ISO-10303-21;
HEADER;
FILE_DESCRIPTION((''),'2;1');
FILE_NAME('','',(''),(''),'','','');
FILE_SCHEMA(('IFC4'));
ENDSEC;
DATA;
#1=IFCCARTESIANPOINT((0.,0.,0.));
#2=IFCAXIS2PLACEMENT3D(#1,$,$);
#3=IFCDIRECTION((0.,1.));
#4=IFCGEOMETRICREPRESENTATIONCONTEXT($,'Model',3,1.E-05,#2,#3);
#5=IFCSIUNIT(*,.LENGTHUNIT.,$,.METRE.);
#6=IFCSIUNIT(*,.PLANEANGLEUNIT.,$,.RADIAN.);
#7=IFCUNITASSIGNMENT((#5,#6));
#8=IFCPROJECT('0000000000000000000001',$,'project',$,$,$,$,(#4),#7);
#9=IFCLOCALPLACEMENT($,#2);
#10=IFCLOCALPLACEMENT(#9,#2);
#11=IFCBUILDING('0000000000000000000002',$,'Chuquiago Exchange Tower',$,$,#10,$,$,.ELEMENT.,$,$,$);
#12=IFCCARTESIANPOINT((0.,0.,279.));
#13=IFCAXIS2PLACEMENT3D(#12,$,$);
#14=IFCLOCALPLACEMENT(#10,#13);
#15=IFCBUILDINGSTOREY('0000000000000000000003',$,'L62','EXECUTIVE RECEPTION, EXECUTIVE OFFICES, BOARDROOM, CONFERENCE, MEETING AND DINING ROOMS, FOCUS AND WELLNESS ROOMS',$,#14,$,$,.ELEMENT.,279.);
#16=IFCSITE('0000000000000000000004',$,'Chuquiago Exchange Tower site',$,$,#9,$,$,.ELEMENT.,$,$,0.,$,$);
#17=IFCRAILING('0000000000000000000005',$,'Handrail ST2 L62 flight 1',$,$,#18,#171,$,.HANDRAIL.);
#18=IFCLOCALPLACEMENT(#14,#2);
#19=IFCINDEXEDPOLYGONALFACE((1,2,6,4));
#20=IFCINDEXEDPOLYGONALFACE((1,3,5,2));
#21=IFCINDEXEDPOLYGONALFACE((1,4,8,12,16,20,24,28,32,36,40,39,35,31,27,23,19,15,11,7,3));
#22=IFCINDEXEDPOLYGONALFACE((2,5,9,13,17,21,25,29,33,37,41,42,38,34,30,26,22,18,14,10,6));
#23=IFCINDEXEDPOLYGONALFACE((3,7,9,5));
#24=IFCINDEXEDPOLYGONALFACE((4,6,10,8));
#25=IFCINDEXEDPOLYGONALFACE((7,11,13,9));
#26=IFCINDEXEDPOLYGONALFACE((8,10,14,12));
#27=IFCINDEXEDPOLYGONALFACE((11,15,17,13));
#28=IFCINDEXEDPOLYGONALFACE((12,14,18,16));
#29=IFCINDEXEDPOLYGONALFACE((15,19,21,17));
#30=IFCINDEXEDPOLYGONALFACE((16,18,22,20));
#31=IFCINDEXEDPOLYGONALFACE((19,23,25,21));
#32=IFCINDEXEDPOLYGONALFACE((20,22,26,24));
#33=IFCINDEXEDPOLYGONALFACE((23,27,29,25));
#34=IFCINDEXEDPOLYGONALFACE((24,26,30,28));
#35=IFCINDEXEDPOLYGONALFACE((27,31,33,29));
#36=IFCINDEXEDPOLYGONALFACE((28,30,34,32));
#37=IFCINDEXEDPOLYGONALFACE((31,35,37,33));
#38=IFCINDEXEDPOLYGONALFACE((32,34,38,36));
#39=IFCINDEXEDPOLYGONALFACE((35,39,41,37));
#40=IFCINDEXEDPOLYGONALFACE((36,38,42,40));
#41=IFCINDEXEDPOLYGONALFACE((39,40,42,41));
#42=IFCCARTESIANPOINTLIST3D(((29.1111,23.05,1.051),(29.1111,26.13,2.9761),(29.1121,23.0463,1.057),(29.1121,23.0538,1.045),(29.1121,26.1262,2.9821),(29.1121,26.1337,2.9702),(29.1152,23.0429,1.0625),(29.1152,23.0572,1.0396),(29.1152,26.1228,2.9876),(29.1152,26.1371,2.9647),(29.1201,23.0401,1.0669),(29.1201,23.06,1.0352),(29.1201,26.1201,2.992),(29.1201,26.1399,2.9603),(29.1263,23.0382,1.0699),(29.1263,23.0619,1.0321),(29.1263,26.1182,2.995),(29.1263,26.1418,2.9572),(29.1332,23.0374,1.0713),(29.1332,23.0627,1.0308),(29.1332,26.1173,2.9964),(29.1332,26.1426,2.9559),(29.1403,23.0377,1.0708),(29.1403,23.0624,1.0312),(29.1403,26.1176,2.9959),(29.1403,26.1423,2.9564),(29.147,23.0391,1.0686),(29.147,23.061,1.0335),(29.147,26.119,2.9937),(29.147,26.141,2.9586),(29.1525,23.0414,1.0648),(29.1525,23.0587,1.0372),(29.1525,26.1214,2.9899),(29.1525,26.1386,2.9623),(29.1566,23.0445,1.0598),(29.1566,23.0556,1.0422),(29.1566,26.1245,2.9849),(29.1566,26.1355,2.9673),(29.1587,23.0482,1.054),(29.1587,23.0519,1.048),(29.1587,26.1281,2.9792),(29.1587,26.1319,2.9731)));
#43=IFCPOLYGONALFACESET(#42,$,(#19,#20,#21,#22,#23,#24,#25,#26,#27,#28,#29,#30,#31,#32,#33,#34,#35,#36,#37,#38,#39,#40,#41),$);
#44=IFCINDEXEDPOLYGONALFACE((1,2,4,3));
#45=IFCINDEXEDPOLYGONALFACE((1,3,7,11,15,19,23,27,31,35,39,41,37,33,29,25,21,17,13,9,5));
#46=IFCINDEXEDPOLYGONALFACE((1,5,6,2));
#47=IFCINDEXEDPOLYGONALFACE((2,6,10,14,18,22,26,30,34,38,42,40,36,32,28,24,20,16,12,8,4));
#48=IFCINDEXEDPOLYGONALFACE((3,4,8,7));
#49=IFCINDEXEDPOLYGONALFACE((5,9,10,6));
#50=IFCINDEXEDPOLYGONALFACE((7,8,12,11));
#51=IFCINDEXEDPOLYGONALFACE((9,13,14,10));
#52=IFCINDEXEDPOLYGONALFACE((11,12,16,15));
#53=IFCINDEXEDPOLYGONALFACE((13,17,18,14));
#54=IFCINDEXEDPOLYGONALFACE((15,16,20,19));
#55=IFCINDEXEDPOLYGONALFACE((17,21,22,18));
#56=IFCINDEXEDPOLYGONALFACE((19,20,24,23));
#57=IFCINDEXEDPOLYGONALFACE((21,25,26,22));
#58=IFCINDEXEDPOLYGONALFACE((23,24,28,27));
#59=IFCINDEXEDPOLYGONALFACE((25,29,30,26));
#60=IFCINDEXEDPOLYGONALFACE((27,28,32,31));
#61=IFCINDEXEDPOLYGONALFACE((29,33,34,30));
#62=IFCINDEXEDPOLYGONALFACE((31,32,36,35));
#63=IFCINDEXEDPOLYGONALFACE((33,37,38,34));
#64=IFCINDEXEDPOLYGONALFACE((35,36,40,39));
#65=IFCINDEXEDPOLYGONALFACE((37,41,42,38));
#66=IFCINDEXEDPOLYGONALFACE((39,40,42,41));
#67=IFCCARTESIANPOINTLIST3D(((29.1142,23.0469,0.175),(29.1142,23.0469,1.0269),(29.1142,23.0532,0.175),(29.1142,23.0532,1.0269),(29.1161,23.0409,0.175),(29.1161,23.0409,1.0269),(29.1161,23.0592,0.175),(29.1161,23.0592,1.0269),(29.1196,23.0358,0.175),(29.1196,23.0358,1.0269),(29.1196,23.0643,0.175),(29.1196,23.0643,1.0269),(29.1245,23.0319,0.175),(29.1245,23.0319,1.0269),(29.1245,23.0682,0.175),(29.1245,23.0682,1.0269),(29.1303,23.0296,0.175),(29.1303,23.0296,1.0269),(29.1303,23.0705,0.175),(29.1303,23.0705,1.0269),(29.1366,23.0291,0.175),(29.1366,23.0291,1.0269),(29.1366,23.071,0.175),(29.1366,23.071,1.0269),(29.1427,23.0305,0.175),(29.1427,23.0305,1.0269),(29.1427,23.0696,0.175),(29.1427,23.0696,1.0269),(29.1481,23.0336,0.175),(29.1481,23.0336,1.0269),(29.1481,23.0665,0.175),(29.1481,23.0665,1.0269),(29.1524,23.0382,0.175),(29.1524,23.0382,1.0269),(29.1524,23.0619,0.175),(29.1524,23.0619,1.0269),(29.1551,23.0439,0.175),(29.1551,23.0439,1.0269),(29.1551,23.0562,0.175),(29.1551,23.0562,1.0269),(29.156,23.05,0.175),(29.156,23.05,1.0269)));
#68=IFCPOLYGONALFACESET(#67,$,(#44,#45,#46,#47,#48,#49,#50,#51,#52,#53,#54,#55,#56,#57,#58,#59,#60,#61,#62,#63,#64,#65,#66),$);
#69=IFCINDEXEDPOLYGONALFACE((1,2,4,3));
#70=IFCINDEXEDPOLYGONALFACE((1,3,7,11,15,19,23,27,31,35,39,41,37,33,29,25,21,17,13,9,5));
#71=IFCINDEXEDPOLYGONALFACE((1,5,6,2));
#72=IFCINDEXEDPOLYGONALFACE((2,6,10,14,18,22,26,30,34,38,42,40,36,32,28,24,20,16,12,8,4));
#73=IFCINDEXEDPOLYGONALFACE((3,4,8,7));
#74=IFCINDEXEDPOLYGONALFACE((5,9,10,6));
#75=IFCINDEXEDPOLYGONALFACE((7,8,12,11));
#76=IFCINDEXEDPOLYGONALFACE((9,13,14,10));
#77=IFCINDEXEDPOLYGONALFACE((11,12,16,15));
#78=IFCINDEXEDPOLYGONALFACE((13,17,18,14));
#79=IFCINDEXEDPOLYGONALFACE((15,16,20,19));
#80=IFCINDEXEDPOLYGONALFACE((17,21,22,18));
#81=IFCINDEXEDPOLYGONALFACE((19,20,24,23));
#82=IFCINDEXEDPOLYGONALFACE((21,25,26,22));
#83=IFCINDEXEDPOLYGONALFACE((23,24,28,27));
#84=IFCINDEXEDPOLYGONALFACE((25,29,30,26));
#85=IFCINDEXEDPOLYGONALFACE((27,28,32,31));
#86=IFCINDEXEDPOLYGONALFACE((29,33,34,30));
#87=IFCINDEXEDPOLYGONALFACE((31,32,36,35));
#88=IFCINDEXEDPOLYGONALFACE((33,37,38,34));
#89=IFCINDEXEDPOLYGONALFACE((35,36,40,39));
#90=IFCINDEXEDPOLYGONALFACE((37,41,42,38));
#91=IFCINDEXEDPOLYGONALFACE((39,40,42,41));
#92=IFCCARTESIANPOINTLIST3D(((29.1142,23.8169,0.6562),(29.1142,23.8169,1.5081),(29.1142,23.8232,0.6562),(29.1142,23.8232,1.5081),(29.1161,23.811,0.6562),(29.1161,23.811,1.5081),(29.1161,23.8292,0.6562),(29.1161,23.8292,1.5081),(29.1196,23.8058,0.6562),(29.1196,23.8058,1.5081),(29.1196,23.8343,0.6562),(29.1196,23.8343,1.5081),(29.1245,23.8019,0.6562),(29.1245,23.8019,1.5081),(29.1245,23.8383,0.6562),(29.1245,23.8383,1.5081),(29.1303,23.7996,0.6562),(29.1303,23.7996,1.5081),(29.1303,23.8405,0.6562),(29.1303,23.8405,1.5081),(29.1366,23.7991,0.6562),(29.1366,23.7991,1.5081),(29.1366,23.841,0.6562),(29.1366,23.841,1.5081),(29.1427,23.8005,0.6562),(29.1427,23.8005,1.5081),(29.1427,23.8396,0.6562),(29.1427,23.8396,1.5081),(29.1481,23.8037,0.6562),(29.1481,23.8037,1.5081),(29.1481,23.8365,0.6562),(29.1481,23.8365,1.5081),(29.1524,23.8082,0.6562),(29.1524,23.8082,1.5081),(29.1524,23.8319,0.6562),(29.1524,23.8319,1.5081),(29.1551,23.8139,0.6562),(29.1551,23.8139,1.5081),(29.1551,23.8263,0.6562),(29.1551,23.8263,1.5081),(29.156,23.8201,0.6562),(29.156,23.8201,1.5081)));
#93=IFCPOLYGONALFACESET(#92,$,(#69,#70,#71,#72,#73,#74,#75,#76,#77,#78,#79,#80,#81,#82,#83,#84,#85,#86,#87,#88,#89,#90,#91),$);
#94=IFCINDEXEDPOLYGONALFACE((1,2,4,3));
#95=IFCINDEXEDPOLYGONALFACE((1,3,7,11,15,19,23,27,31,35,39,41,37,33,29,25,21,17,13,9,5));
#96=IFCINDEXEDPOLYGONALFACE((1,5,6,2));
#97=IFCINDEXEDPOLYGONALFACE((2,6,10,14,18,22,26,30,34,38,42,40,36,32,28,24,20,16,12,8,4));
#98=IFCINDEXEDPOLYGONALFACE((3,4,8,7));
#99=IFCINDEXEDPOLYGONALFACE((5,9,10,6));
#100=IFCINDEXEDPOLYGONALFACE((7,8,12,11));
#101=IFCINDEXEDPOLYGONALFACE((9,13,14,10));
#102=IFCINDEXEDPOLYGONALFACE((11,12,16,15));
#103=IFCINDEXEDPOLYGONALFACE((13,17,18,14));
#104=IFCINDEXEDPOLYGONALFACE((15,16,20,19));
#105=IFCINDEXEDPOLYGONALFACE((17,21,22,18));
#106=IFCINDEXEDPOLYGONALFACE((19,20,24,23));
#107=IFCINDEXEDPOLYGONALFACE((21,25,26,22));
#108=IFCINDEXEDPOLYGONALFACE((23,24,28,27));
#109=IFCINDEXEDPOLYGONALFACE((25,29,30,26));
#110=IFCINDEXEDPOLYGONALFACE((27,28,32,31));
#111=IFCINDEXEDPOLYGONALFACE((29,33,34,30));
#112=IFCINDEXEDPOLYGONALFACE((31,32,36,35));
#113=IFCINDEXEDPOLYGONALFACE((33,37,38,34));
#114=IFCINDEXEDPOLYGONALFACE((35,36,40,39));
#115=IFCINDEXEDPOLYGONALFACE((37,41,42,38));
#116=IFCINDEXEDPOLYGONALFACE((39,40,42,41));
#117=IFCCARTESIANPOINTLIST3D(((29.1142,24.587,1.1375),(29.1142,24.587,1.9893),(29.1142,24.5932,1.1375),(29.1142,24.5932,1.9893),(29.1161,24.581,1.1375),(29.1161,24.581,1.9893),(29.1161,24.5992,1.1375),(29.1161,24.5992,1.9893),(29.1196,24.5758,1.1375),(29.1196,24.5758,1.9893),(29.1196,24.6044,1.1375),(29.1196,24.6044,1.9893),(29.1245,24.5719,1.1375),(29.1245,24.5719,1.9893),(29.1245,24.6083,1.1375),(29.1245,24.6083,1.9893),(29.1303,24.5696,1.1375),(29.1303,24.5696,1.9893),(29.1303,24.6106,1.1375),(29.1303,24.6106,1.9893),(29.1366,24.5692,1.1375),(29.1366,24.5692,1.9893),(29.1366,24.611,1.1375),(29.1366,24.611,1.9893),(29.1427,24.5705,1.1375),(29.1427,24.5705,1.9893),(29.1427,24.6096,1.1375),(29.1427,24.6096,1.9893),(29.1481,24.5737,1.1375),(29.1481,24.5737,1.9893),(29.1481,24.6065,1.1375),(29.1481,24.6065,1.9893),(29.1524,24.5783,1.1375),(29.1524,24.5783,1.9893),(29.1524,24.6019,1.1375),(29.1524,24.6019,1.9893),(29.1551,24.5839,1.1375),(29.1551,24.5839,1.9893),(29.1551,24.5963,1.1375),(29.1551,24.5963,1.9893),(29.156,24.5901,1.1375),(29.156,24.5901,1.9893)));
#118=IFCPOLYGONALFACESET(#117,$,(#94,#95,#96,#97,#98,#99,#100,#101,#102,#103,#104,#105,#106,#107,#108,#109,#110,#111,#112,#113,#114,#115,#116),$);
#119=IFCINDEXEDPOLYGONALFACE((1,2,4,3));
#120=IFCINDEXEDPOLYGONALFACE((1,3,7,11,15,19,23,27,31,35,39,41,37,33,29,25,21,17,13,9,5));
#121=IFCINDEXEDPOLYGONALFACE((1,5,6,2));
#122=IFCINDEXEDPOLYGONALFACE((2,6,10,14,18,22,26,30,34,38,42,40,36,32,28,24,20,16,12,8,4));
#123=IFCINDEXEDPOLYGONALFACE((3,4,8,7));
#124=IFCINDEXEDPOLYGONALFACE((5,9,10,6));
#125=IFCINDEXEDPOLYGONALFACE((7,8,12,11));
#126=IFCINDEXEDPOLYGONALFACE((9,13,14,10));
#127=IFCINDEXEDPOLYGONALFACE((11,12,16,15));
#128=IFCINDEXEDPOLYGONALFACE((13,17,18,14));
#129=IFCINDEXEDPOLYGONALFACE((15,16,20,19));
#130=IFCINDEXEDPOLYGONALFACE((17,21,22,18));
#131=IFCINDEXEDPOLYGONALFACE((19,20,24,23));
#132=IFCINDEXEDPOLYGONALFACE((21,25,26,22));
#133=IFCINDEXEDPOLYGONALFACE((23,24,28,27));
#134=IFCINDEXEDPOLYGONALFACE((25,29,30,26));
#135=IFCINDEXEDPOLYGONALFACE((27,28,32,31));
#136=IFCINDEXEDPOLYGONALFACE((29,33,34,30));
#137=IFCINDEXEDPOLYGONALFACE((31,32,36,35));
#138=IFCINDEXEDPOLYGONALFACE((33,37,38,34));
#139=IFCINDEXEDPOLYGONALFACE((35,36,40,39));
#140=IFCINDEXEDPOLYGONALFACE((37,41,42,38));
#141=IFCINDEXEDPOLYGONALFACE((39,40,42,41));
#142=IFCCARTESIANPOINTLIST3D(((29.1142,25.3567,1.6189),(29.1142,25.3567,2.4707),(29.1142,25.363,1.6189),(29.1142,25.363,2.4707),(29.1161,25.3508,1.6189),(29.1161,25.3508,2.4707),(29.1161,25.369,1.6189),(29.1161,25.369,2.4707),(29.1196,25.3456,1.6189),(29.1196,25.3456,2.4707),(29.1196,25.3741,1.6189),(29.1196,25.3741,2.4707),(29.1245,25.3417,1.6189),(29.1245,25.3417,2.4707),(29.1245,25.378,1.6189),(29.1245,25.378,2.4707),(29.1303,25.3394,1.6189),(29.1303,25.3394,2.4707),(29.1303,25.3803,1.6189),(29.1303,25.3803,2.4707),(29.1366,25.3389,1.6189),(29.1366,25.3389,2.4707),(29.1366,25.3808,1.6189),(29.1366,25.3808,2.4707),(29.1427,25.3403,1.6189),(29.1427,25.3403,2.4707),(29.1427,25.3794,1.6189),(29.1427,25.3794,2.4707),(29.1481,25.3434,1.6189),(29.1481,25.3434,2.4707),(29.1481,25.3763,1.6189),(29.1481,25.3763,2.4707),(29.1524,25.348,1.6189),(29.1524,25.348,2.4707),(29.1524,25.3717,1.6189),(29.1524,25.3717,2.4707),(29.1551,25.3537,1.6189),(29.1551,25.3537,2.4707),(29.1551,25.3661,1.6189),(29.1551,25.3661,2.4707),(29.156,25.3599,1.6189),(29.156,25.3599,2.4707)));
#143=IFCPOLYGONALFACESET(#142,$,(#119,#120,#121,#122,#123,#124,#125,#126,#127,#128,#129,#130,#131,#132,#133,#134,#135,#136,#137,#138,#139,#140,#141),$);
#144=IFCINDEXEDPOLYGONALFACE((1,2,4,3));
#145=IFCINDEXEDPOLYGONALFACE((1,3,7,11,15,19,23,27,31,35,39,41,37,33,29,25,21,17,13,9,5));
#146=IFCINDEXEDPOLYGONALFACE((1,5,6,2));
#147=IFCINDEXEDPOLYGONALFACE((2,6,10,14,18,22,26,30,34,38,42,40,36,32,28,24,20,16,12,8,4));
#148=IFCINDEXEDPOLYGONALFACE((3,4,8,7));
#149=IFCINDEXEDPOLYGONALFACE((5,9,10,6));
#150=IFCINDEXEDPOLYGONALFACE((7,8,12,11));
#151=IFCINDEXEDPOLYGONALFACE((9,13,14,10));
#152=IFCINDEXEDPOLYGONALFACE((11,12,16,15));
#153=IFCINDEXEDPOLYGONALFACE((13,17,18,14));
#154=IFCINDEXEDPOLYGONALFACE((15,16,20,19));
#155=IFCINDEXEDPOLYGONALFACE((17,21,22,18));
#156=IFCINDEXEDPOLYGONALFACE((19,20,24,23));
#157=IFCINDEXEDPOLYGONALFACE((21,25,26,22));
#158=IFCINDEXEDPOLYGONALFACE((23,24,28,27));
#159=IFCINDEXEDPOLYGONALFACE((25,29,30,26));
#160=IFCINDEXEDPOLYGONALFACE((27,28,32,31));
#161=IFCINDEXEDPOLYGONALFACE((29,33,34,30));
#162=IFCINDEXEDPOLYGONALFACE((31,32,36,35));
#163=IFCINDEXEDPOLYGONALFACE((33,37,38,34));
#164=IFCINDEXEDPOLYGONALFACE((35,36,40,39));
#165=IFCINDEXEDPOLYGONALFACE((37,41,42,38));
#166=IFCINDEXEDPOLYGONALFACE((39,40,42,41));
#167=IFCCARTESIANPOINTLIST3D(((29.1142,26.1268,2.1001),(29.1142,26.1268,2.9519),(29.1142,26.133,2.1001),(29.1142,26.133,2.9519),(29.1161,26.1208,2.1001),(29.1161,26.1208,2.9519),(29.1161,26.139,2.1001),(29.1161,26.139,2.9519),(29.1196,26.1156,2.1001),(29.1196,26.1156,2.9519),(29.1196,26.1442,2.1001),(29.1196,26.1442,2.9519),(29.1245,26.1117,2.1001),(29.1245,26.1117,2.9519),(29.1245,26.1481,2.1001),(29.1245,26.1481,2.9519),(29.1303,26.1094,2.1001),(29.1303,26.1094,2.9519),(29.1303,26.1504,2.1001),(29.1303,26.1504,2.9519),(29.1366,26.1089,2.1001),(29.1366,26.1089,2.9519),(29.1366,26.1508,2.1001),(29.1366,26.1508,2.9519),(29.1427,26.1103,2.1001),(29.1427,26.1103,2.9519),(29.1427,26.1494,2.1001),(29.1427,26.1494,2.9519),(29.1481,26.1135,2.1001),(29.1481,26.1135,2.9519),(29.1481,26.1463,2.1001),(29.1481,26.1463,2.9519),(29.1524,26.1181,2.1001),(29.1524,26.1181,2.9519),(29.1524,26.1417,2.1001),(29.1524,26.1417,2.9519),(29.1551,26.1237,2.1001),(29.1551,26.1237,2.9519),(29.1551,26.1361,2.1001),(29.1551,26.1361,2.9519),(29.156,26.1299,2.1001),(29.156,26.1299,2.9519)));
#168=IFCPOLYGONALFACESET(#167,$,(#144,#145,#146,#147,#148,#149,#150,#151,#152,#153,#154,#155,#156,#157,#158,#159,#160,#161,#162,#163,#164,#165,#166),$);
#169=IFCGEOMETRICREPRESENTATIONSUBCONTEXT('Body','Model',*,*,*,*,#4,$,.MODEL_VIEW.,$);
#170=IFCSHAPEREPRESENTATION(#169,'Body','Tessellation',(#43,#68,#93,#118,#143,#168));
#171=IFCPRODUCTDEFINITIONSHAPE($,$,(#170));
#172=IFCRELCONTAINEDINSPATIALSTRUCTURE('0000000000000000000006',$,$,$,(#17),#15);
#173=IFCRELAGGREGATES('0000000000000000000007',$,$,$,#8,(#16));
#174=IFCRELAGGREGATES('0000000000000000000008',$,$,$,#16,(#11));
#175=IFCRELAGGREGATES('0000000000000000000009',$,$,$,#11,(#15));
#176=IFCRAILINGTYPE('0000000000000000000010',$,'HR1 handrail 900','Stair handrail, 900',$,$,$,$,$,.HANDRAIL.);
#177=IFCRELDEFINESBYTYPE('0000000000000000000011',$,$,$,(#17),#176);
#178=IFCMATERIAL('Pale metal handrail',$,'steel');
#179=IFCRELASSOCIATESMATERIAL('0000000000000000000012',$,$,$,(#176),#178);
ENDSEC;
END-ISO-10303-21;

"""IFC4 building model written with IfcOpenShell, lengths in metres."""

from ifc_helpers import new_model, si_unit, direction, frame, origin, origin_2d, place, context, subcontext, project, spatial, circle, extrude, material, type_object, element, save


model = new_model("IFC4")

# Units and contexts
model_context = context("Model", 3, precision=1e-05, world=origin(), true_north=direction((0.0, 1.0)))
body_context = subcontext(model_context, "Body", "Model", "MODEL_VIEW")
ifc_project = project(units=[si_unit("LENGTHUNIT", "METRE"), si_unit("PLANEANGLEUNIT", "RADIAN")], contexts=[model_context])

# Site, building, storey
site_placement = place(None, origin())
site = spatial("IfcSite", under=ifc_project, at=site_placement, Name="Chuquiago Exchange Tower site", CompositionType="ELEMENT", RefElevation=0.0)
building_placement = place(site_placement, origin())
building = spatial("IfcBuilding", under=site, at=building_placement, Name="Chuquiago Exchange Tower", CompositionType="ELEMENT")
storey_placement = place(building_placement, frame((0.0, 0.0, 279.0)))
storey = spatial("IfcBuildingStorey", under=building, at=storey_placement, Name="L62", Description="EXECUTIVE RECEPTION, EXECUTIVE OFFICES, BOARDROOM, CONFERENCE, MEETING AND DINING ROOMS, FOCUS AND WELLNESS ROOMS", CompositionType="ELEMENT", Elevation=279.0)

# Railing
ifc_material_1 = material(Name="Pale metal handrail", Category="steel")
railing_type_1 = type_object("IfcRailingType", Name="HR1 handrail 900", Description="Stair handrail, 900", PredefinedType="HANDRAIL", material=ifc_material_1)
railing_1_placement = place(storey_placement, frame((29.135, 23.05, 0.175)))
element("IfcRailing", 1, at=railing_1_placement, inside=storey, type_object=railing_type_1, Name="Handrail ST2 L62 flight 1", PredefinedType="HANDRAIL", context=body_context, shape_type="SweptSolid", body=[
    extrude(circle(Radius=0.0239, at=origin_2d()), frame((0.0, 0.0, 0.876), z_axis=(0.0, 0.847979, 0.530029), x_axis=(-1.0, 0.0, 0.0)), (0.0, 0.0, 1.0), 3.6321),
    extrude(circle(Radius=0.021, at=origin_2d()), origin(), (0.0, 0.0, 1.0), 0.8518),
    extrude(circle(Radius=0.021, at=origin_2d()), frame((0.0, 0.77, 0.4812)), (0.0, 0.0, 1.0), 0.8518),
    extrude(circle(Radius=0.021, at=origin_2d()), frame((0.0, 1.54, 0.9624)), (0.0, 0.0, 1.0), 0.8518),
    extrude(circle(Radius=0.021, at=origin_2d()), frame((0.0, 2.3098, 1.4438)), (0.0, 0.0, 1.0), 0.8518),
    extrude(circle(Radius=0.021, at=origin_2d()), frame((0.0, 3.0798, 1.925)), (0.0, 0.0, 1.0), 0.8518),
])

save(model, "model.ifc")
